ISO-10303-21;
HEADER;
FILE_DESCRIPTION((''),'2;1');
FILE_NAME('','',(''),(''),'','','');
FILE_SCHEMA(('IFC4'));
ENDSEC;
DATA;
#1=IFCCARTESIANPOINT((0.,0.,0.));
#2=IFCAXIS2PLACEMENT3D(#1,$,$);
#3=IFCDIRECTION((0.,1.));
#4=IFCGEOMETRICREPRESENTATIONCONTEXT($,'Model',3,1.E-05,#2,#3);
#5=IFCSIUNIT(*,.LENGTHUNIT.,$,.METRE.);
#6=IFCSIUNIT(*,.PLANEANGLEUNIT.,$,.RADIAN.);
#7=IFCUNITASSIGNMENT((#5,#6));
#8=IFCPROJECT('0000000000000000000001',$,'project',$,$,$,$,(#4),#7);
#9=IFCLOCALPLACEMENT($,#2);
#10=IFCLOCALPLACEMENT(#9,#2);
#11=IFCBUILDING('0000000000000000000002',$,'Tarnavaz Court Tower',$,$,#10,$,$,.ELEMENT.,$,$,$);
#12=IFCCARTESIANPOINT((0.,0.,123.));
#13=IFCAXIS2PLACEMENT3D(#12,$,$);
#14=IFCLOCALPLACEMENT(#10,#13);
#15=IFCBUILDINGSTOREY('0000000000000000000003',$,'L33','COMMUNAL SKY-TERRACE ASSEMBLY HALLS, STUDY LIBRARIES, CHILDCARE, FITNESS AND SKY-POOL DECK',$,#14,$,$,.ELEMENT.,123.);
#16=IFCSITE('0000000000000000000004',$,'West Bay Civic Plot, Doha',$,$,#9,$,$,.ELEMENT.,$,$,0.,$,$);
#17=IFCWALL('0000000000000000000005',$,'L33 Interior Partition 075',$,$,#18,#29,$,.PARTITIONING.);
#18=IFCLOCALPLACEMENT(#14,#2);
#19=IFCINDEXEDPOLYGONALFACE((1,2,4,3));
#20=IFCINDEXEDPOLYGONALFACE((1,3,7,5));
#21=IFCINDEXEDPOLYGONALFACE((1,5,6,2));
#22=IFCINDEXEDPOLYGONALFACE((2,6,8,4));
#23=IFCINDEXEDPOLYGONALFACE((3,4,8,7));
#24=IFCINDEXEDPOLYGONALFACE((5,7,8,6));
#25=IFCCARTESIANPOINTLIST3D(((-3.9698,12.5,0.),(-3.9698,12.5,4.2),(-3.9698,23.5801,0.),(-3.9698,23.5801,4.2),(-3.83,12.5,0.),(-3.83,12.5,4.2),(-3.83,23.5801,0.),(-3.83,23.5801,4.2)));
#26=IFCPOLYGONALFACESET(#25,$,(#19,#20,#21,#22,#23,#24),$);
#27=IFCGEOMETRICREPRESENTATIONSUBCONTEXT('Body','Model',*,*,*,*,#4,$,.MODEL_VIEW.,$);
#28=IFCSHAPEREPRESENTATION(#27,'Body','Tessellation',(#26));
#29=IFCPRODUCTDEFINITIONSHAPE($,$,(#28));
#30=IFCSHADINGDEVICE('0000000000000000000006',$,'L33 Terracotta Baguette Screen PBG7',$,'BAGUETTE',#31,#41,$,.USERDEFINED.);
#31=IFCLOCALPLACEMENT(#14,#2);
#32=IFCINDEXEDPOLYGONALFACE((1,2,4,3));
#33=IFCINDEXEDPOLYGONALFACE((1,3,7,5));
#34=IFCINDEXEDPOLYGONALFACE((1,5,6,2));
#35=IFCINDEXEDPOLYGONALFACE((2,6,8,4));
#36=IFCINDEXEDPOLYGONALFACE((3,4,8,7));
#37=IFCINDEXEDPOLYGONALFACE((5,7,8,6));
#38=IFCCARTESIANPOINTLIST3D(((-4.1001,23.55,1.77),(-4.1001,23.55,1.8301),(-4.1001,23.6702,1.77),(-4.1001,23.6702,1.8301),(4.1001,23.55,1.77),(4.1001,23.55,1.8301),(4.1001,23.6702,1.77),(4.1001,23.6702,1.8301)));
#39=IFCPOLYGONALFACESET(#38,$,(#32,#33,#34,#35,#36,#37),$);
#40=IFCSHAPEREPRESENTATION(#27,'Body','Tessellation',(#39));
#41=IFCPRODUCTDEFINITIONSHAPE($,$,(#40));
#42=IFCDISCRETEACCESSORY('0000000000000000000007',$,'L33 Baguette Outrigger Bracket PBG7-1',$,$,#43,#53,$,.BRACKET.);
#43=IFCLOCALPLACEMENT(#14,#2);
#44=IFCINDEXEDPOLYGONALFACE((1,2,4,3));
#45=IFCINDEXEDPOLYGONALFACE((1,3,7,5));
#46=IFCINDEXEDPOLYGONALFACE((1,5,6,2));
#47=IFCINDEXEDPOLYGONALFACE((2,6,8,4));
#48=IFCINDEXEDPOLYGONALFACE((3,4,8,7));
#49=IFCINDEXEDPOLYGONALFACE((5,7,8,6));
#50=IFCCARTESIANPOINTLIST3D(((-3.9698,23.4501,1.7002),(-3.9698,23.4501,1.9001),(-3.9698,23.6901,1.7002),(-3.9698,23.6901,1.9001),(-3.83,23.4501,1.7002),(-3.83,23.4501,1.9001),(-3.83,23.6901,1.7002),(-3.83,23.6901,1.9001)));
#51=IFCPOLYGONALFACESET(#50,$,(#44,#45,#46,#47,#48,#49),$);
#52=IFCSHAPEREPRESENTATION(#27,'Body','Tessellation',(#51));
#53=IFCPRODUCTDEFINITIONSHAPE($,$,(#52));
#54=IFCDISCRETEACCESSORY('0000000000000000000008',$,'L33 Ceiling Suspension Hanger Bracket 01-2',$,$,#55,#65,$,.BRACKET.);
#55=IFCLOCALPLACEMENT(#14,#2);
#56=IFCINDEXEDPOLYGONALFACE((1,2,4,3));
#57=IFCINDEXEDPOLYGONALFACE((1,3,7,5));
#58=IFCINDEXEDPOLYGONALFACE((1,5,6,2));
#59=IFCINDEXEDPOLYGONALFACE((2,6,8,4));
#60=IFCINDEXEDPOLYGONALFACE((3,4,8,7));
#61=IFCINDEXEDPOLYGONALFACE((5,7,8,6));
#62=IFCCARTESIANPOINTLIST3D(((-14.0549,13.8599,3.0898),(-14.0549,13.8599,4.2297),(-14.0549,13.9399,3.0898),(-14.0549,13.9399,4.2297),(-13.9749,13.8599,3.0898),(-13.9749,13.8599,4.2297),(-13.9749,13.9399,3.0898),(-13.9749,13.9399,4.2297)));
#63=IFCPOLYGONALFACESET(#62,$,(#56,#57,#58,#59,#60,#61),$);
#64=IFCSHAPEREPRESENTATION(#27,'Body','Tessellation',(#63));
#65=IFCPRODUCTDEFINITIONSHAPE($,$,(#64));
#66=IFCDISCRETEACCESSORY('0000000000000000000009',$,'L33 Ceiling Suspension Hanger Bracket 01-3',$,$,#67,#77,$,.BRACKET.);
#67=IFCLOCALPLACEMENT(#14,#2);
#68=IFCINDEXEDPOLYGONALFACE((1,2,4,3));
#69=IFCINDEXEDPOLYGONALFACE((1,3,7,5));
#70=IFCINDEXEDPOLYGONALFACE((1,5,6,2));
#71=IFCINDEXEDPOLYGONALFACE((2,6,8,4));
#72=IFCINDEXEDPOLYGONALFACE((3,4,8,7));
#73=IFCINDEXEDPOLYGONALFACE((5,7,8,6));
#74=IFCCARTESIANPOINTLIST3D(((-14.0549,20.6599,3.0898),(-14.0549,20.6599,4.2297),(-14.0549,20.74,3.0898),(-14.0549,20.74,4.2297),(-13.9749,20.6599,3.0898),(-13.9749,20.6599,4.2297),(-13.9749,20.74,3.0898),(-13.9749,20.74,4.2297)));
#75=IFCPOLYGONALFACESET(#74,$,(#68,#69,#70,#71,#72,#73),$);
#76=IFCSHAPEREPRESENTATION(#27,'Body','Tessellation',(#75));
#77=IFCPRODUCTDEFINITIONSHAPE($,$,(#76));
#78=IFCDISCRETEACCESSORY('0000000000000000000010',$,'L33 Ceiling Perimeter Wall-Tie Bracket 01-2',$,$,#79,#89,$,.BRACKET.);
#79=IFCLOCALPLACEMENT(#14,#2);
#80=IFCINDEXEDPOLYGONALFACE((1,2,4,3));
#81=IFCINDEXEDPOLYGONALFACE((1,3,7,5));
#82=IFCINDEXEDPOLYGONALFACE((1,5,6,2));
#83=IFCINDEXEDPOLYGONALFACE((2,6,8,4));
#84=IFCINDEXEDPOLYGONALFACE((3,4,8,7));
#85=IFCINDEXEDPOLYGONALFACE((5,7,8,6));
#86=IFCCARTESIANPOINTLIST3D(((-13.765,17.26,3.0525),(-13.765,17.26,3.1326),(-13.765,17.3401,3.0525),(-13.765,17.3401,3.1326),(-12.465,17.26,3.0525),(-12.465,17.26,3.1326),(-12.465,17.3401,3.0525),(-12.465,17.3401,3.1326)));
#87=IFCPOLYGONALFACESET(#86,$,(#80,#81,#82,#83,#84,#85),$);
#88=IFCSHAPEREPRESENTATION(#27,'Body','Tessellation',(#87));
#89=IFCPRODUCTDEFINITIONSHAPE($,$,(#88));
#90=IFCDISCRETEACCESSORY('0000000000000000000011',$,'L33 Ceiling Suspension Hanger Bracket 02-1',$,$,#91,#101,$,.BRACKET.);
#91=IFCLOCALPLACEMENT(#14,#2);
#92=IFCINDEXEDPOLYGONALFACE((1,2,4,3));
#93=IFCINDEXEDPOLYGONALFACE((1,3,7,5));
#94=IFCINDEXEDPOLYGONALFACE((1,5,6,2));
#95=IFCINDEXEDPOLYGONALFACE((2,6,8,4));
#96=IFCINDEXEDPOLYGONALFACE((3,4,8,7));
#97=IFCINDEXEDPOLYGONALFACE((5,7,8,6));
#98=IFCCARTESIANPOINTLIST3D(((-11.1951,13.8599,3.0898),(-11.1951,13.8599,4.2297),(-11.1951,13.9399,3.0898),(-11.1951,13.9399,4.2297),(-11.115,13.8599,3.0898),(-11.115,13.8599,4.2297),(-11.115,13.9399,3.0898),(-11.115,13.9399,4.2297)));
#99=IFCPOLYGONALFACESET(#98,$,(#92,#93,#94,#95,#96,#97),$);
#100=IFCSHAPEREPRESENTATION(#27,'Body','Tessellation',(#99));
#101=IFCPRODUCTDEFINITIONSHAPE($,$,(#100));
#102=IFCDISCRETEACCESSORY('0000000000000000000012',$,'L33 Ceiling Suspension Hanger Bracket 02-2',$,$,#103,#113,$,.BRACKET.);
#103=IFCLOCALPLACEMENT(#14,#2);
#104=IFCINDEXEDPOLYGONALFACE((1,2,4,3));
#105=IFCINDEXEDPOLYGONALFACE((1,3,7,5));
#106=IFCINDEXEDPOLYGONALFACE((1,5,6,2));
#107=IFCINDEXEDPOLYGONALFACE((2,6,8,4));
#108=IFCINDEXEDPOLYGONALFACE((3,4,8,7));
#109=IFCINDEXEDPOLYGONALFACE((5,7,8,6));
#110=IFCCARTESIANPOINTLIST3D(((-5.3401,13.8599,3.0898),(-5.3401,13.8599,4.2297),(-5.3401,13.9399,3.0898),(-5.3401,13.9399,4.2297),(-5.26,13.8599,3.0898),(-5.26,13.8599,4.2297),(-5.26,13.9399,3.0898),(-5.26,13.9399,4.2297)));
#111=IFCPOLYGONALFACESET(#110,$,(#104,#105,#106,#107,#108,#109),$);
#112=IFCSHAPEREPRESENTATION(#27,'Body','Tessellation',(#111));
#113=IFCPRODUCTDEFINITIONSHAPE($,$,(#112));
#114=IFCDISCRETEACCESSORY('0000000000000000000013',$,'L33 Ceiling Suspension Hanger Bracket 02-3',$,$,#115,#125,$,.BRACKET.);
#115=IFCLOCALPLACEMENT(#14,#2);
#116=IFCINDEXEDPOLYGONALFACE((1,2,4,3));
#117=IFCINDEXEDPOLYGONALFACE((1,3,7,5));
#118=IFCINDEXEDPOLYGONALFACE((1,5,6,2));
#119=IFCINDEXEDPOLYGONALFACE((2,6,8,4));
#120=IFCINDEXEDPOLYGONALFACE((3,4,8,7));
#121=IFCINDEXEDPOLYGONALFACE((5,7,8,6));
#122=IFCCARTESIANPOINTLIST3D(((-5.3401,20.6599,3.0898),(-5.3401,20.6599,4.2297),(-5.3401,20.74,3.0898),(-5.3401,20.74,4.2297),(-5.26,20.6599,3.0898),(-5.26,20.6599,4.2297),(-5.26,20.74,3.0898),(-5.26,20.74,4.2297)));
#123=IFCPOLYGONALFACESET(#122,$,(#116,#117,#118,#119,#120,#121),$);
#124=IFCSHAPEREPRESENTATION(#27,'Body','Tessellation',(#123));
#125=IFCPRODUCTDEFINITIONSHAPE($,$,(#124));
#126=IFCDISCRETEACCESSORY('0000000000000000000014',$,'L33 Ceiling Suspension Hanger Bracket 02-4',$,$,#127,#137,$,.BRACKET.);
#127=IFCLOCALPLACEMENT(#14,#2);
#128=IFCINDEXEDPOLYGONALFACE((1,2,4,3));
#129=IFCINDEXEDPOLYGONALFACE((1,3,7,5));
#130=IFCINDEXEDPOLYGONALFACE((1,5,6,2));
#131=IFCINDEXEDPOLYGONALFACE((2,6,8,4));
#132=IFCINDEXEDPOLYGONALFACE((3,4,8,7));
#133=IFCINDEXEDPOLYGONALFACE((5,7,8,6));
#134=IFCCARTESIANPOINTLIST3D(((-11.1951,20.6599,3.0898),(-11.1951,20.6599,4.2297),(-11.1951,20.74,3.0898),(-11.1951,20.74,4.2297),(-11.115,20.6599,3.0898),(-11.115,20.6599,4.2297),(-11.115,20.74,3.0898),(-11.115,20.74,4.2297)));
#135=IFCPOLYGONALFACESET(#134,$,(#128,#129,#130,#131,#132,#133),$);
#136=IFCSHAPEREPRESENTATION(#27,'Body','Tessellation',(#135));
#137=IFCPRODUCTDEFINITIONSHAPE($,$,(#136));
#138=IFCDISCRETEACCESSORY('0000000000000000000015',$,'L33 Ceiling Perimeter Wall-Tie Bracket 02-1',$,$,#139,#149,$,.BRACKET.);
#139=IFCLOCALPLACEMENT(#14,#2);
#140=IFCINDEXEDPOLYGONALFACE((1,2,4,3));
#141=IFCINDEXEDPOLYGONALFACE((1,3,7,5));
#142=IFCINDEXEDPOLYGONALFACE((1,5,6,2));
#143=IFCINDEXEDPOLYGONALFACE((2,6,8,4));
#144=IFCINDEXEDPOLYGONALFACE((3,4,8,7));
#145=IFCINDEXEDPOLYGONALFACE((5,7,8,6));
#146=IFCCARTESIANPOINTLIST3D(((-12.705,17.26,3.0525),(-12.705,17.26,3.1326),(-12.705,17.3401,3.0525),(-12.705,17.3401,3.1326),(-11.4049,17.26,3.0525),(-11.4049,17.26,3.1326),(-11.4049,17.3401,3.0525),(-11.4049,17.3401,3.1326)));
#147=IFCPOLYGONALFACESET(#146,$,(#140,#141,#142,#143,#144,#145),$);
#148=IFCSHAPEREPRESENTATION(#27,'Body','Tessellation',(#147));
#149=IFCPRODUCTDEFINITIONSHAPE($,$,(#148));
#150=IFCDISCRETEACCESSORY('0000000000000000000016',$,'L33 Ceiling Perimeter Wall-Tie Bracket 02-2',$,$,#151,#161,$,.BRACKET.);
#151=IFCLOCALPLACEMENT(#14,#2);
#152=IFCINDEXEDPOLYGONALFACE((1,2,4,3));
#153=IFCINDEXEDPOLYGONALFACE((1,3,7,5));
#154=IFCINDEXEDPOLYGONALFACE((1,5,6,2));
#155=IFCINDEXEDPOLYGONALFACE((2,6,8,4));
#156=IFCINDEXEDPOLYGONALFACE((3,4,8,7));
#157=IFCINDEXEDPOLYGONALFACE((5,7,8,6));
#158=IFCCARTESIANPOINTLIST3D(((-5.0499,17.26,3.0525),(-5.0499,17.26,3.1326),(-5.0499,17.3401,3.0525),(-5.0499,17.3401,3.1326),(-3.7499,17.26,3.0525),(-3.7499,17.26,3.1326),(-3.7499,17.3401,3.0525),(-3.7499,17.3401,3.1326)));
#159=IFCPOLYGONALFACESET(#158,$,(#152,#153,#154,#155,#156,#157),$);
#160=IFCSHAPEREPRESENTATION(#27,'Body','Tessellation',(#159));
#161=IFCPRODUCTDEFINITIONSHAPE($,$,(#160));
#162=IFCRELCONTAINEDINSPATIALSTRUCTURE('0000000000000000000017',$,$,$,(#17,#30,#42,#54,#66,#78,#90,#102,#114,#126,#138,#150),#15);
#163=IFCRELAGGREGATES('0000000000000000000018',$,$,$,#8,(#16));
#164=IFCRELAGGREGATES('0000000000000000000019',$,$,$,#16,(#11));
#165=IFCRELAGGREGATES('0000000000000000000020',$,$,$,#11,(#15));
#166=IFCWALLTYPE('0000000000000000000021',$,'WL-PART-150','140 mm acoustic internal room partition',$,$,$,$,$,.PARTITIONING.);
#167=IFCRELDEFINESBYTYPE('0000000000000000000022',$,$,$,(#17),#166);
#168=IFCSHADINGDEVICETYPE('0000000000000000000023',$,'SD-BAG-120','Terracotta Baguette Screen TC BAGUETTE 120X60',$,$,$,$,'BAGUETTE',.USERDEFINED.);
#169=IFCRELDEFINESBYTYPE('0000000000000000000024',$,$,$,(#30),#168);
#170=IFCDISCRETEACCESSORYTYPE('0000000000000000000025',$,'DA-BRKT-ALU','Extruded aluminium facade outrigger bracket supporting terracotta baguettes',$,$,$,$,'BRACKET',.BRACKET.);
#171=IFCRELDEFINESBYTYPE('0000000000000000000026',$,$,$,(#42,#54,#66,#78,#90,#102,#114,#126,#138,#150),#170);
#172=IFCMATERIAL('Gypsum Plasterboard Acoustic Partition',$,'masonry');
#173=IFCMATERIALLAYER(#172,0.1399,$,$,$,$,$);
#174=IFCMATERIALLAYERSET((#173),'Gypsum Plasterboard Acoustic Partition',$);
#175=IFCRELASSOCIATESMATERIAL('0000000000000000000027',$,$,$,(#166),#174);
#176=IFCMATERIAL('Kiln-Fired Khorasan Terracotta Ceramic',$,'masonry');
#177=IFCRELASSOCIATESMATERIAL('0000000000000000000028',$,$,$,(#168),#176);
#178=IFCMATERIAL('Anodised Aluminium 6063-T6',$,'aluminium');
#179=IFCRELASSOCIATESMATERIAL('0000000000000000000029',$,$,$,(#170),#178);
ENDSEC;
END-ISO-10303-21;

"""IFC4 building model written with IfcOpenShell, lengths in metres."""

from ifc_helpers import new_model, si_unit, direction, frame, frame_2d, origin, origin_2d, place, context, subcontext, project, spatial, rectangle, extrude, material, layer, layer_set, material_profile, profile_set, type_object, element, save


model = new_model("IFC4")

# Units and contexts
model_context = context("Model", 3, precision=1e-05, world=origin(), true_north=direction((0.0, 1.0)))
body_context = subcontext(model_context, "Body", "Model", "MODEL_VIEW")
ifc_project = project(units=[si_unit("LENGTHUNIT", "METRE"), si_unit("PLANEANGLEUNIT", "RADIAN")], contexts=[model_context])

# Site, building, storey
site_placement = place(None, origin())
site = spatial("IfcSite", under=ifc_project, at=site_placement, Name="West Bay Civic Plot, Doha", CompositionType="ELEMENT", RefElevation=0.0)
building_placement = place(site_placement, origin())
building = spatial("IfcBuilding", under=site, at=building_placement, Name="Tarnavaz Court Tower", CompositionType="ELEMENT")
storey_placement = place(building_placement, frame((0.0, 0.0, 123.0)))
storey = spatial("IfcBuildingStorey", under=building, at=storey_placement, Name="L33", Description="COMMUNAL SKY-TERRACE ASSEMBLY HALLS, STUDY LIBRARIES, CHILDCARE, FITNESS AND SKY-POOL DECK", CompositionType="ELEMENT", Elevation=123.0)

# Shared definitions
ifc_material_1 = material(Name="Anodised Aluminium 6063-T6", Category="aluminium")

# Wall
ifc_material_2 = material(Name="Gypsum Plasterboard Acoustic Partition", Category="masonry")
ifc_layer_1 = layer(ifc_material_2, 0.1399)
ifc_layer_set_1 = layer_set([ifc_layer_1], Name="Gypsum Plasterboard Acoustic Partition")
wall_type_1 = type_object("IfcWallType", Name="WL-PART-150", Description="140 mm acoustic internal room partition", PredefinedType="PARTITIONING", material=ifc_layer_set_1)
wall_1_placement = place(storey_placement, frame((-3.8999, 12.5, 0.0), z_axis=(0.0, 0.0, 1.0), x_axis=(0.0, 1.0, 0.0)))
element("IfcWall", 1, at=wall_1_placement, inside=storey, type_object=wall_type_1, Name="L33 Interior Partition 075", PredefinedType="PARTITIONING", context=body_context, shape_type="SweptSolid", body=[
    extrude(rectangle(XDim=11.0801, YDim=0.1399, at=frame_2d((5.54, 0.0))), origin(), (0.0, 0.0, 1.0), 4.2),
])

# Shading device
ifc_material_3 = material(Name="Kiln-Fired Khorasan Terracotta Ceramic", Category="masonry")
ifc_material_profile_1 = material_profile(ifc_material_3, rectangle(XDim=0.1201, YDim=0.0601, at=origin_2d()), Name="TC BAGUETTE 120X60")
ifc_profile_set_1 = profile_set([ifc_material_profile_1], Name="Kiln-Fired Khorasan Terracotta Ceramic")
shading_device_type = type_object("IfcShadingDeviceType", Name="SD-BAG-120", Description="Terracotta Baguette Screen TC BAGUETTE 120X60", ElementType="BAGUETTE", PredefinedType="USERDEFINED", material=ifc_profile_set_1)
shading_device_placement = place(storey_placement, frame((-4.1001, 23.6101, 1.8), z_axis=(1.0, 0.0, 0.0), x_axis=(0.0, 1.0, 0.0)))
element("IfcShadingDevice", 2, at=shading_device_placement, inside=storey, type_object=shading_device_type, Name="L33 Terracotta Baguette Screen PBG7", ObjectType="BAGUETTE", PredefinedType="USERDEFINED", context=body_context, shape_type="SweptSolid", body=[
    extrude(rectangle(XDim=0.1201, YDim=0.0601, at=origin_2d()), origin(), (0.0, 0.0, 1.0), 8.2002),
])

# Discrete accessories
discrete_accessory_type = type_object("IfcDiscreteAccessoryType", Name="DA-BRKT-ALU", Description="Extruded aluminium facade outrigger bracket supporting terracotta baguettes", ElementType="BRACKET", PredefinedType="BRACKET", material=ifc_material_1)
discrete_accessory_1_placement = place(storey_placement, frame((-3.8999, 23.5701, 1.7002), z_axis=(0.0, 0.0, 1.0), x_axis=(1.0, 0.0, 0.0)))
element("IfcDiscreteAccessory", 3, at=discrete_accessory_1_placement, inside=storey, type_object=discrete_accessory_type, Name="L33 Baguette Outrigger Bracket PBG7-1", PredefinedType="BRACKET", context=body_context, shape_type="SweptSolid", body=[
    extrude(rectangle(XDim=0.1399, YDim=0.24, at=origin_2d()), origin(), (0.0, 0.0, 1.0), 0.2),
])
for number, where, z_axis, x_axis, name in (
    (4, (-14.0149, 13.8999, 3.0898), (0.0, 0.0, 1.0), (1.0, 0.0, 0.0), "L33 Ceiling Suspension Hanger Bracket 01-2"),
    (5, (-14.0149, 20.7, 3.0898), (0.0, 0.0, 1.0), (1.0, 0.0, 0.0), "L33 Ceiling Suspension Hanger Bracket 01-3"),
):
    element("IfcDiscreteAccessory", number, at=place(storey_placement, frame(where, z_axis=z_axis, x_axis=x_axis)), inside=storey, type_object=discrete_accessory_type, Name=name, PredefinedType="BRACKET", context=body_context, shape_type="SweptSolid", body=[
        extrude(rectangle(XDim=0.0801, YDim=0.0801, at=origin_2d()), origin(), (0.0, 0.0, 1.0), 1.1399),
    ])
discrete_accessory_2_placement = place(storey_placement, frame((-13.115, 17.3, 3.0525), z_axis=(0.0, 0.0, 1.0), x_axis=(1.0, 0.0, 0.0)))
element("IfcDiscreteAccessory", 6, at=discrete_accessory_2_placement, inside=storey, type_object=discrete_accessory_type, Name="L33 Ceiling Perimeter Wall-Tie Bracket 01-2", PredefinedType="BRACKET", context=body_context, shape_type="SweptSolid", body=[
    extrude(rectangle(XDim=1.3, YDim=0.0801, at=origin_2d()), origin(), (0.0, 0.0, 1.0), 0.0801),
])
for number, where, z_axis, x_axis, name in (
    (7, (-11.155, 13.8999, 3.0898), (0.0, 0.0, 1.0), (1.0, 0.0, 0.0), "L33 Ceiling Suspension Hanger Bracket 02-1"),
    (8, (-5.3, 13.8999, 3.0898), (0.0, 0.0, 1.0), (1.0, 0.0, 0.0), "L33 Ceiling Suspension Hanger Bracket 02-2"),
    (9, (-5.3, 20.7, 3.0898), (0.0, 0.0, 1.0), (1.0, 0.0, 0.0), "L33 Ceiling Suspension Hanger Bracket 02-3"),
    (10, (-11.155, 20.7, 3.0898), (0.0, 0.0, 1.0), (1.0, 0.0, 0.0), "L33 Ceiling Suspension Hanger Bracket 02-4"),
):
    element("IfcDiscreteAccessory", number, at=place(storey_placement, frame(where, z_axis=z_axis, x_axis=x_axis)), inside=storey, type_object=discrete_accessory_type, Name=name, PredefinedType="BRACKET", context=body_context, shape_type="SweptSolid", body=[
        extrude(rectangle(XDim=0.0801, YDim=0.0801, at=origin_2d()), origin(), (0.0, 0.0, 1.0), 1.1399),
    ])
for number, where, z_axis, x_axis, name in (
    (11, (-12.0549, 17.3, 3.0525), (0.0, 0.0, 1.0), (1.0, 0.0, 0.0), "L33 Ceiling Perimeter Wall-Tie Bracket 02-1"),
    (12, (-4.3999, 17.3, 3.0525), (0.0, 0.0, 1.0), (1.0, 0.0, 0.0), "L33 Ceiling Perimeter Wall-Tie Bracket 02-2"),
):
    element("IfcDiscreteAccessory", number, at=place(storey_placement, frame(where, z_axis=z_axis, x_axis=x_axis)), inside=storey, type_object=discrete_accessory_type, Name=name, PredefinedType="BRACKET", context=body_context, shape_type="SweptSolid", body=[
        extrude(rectangle(XDim=1.3, YDim=0.0801, at=origin_2d()), origin(), (0.0, 0.0, 1.0), 0.0801),
    ])

save(model, "model.ifc")
